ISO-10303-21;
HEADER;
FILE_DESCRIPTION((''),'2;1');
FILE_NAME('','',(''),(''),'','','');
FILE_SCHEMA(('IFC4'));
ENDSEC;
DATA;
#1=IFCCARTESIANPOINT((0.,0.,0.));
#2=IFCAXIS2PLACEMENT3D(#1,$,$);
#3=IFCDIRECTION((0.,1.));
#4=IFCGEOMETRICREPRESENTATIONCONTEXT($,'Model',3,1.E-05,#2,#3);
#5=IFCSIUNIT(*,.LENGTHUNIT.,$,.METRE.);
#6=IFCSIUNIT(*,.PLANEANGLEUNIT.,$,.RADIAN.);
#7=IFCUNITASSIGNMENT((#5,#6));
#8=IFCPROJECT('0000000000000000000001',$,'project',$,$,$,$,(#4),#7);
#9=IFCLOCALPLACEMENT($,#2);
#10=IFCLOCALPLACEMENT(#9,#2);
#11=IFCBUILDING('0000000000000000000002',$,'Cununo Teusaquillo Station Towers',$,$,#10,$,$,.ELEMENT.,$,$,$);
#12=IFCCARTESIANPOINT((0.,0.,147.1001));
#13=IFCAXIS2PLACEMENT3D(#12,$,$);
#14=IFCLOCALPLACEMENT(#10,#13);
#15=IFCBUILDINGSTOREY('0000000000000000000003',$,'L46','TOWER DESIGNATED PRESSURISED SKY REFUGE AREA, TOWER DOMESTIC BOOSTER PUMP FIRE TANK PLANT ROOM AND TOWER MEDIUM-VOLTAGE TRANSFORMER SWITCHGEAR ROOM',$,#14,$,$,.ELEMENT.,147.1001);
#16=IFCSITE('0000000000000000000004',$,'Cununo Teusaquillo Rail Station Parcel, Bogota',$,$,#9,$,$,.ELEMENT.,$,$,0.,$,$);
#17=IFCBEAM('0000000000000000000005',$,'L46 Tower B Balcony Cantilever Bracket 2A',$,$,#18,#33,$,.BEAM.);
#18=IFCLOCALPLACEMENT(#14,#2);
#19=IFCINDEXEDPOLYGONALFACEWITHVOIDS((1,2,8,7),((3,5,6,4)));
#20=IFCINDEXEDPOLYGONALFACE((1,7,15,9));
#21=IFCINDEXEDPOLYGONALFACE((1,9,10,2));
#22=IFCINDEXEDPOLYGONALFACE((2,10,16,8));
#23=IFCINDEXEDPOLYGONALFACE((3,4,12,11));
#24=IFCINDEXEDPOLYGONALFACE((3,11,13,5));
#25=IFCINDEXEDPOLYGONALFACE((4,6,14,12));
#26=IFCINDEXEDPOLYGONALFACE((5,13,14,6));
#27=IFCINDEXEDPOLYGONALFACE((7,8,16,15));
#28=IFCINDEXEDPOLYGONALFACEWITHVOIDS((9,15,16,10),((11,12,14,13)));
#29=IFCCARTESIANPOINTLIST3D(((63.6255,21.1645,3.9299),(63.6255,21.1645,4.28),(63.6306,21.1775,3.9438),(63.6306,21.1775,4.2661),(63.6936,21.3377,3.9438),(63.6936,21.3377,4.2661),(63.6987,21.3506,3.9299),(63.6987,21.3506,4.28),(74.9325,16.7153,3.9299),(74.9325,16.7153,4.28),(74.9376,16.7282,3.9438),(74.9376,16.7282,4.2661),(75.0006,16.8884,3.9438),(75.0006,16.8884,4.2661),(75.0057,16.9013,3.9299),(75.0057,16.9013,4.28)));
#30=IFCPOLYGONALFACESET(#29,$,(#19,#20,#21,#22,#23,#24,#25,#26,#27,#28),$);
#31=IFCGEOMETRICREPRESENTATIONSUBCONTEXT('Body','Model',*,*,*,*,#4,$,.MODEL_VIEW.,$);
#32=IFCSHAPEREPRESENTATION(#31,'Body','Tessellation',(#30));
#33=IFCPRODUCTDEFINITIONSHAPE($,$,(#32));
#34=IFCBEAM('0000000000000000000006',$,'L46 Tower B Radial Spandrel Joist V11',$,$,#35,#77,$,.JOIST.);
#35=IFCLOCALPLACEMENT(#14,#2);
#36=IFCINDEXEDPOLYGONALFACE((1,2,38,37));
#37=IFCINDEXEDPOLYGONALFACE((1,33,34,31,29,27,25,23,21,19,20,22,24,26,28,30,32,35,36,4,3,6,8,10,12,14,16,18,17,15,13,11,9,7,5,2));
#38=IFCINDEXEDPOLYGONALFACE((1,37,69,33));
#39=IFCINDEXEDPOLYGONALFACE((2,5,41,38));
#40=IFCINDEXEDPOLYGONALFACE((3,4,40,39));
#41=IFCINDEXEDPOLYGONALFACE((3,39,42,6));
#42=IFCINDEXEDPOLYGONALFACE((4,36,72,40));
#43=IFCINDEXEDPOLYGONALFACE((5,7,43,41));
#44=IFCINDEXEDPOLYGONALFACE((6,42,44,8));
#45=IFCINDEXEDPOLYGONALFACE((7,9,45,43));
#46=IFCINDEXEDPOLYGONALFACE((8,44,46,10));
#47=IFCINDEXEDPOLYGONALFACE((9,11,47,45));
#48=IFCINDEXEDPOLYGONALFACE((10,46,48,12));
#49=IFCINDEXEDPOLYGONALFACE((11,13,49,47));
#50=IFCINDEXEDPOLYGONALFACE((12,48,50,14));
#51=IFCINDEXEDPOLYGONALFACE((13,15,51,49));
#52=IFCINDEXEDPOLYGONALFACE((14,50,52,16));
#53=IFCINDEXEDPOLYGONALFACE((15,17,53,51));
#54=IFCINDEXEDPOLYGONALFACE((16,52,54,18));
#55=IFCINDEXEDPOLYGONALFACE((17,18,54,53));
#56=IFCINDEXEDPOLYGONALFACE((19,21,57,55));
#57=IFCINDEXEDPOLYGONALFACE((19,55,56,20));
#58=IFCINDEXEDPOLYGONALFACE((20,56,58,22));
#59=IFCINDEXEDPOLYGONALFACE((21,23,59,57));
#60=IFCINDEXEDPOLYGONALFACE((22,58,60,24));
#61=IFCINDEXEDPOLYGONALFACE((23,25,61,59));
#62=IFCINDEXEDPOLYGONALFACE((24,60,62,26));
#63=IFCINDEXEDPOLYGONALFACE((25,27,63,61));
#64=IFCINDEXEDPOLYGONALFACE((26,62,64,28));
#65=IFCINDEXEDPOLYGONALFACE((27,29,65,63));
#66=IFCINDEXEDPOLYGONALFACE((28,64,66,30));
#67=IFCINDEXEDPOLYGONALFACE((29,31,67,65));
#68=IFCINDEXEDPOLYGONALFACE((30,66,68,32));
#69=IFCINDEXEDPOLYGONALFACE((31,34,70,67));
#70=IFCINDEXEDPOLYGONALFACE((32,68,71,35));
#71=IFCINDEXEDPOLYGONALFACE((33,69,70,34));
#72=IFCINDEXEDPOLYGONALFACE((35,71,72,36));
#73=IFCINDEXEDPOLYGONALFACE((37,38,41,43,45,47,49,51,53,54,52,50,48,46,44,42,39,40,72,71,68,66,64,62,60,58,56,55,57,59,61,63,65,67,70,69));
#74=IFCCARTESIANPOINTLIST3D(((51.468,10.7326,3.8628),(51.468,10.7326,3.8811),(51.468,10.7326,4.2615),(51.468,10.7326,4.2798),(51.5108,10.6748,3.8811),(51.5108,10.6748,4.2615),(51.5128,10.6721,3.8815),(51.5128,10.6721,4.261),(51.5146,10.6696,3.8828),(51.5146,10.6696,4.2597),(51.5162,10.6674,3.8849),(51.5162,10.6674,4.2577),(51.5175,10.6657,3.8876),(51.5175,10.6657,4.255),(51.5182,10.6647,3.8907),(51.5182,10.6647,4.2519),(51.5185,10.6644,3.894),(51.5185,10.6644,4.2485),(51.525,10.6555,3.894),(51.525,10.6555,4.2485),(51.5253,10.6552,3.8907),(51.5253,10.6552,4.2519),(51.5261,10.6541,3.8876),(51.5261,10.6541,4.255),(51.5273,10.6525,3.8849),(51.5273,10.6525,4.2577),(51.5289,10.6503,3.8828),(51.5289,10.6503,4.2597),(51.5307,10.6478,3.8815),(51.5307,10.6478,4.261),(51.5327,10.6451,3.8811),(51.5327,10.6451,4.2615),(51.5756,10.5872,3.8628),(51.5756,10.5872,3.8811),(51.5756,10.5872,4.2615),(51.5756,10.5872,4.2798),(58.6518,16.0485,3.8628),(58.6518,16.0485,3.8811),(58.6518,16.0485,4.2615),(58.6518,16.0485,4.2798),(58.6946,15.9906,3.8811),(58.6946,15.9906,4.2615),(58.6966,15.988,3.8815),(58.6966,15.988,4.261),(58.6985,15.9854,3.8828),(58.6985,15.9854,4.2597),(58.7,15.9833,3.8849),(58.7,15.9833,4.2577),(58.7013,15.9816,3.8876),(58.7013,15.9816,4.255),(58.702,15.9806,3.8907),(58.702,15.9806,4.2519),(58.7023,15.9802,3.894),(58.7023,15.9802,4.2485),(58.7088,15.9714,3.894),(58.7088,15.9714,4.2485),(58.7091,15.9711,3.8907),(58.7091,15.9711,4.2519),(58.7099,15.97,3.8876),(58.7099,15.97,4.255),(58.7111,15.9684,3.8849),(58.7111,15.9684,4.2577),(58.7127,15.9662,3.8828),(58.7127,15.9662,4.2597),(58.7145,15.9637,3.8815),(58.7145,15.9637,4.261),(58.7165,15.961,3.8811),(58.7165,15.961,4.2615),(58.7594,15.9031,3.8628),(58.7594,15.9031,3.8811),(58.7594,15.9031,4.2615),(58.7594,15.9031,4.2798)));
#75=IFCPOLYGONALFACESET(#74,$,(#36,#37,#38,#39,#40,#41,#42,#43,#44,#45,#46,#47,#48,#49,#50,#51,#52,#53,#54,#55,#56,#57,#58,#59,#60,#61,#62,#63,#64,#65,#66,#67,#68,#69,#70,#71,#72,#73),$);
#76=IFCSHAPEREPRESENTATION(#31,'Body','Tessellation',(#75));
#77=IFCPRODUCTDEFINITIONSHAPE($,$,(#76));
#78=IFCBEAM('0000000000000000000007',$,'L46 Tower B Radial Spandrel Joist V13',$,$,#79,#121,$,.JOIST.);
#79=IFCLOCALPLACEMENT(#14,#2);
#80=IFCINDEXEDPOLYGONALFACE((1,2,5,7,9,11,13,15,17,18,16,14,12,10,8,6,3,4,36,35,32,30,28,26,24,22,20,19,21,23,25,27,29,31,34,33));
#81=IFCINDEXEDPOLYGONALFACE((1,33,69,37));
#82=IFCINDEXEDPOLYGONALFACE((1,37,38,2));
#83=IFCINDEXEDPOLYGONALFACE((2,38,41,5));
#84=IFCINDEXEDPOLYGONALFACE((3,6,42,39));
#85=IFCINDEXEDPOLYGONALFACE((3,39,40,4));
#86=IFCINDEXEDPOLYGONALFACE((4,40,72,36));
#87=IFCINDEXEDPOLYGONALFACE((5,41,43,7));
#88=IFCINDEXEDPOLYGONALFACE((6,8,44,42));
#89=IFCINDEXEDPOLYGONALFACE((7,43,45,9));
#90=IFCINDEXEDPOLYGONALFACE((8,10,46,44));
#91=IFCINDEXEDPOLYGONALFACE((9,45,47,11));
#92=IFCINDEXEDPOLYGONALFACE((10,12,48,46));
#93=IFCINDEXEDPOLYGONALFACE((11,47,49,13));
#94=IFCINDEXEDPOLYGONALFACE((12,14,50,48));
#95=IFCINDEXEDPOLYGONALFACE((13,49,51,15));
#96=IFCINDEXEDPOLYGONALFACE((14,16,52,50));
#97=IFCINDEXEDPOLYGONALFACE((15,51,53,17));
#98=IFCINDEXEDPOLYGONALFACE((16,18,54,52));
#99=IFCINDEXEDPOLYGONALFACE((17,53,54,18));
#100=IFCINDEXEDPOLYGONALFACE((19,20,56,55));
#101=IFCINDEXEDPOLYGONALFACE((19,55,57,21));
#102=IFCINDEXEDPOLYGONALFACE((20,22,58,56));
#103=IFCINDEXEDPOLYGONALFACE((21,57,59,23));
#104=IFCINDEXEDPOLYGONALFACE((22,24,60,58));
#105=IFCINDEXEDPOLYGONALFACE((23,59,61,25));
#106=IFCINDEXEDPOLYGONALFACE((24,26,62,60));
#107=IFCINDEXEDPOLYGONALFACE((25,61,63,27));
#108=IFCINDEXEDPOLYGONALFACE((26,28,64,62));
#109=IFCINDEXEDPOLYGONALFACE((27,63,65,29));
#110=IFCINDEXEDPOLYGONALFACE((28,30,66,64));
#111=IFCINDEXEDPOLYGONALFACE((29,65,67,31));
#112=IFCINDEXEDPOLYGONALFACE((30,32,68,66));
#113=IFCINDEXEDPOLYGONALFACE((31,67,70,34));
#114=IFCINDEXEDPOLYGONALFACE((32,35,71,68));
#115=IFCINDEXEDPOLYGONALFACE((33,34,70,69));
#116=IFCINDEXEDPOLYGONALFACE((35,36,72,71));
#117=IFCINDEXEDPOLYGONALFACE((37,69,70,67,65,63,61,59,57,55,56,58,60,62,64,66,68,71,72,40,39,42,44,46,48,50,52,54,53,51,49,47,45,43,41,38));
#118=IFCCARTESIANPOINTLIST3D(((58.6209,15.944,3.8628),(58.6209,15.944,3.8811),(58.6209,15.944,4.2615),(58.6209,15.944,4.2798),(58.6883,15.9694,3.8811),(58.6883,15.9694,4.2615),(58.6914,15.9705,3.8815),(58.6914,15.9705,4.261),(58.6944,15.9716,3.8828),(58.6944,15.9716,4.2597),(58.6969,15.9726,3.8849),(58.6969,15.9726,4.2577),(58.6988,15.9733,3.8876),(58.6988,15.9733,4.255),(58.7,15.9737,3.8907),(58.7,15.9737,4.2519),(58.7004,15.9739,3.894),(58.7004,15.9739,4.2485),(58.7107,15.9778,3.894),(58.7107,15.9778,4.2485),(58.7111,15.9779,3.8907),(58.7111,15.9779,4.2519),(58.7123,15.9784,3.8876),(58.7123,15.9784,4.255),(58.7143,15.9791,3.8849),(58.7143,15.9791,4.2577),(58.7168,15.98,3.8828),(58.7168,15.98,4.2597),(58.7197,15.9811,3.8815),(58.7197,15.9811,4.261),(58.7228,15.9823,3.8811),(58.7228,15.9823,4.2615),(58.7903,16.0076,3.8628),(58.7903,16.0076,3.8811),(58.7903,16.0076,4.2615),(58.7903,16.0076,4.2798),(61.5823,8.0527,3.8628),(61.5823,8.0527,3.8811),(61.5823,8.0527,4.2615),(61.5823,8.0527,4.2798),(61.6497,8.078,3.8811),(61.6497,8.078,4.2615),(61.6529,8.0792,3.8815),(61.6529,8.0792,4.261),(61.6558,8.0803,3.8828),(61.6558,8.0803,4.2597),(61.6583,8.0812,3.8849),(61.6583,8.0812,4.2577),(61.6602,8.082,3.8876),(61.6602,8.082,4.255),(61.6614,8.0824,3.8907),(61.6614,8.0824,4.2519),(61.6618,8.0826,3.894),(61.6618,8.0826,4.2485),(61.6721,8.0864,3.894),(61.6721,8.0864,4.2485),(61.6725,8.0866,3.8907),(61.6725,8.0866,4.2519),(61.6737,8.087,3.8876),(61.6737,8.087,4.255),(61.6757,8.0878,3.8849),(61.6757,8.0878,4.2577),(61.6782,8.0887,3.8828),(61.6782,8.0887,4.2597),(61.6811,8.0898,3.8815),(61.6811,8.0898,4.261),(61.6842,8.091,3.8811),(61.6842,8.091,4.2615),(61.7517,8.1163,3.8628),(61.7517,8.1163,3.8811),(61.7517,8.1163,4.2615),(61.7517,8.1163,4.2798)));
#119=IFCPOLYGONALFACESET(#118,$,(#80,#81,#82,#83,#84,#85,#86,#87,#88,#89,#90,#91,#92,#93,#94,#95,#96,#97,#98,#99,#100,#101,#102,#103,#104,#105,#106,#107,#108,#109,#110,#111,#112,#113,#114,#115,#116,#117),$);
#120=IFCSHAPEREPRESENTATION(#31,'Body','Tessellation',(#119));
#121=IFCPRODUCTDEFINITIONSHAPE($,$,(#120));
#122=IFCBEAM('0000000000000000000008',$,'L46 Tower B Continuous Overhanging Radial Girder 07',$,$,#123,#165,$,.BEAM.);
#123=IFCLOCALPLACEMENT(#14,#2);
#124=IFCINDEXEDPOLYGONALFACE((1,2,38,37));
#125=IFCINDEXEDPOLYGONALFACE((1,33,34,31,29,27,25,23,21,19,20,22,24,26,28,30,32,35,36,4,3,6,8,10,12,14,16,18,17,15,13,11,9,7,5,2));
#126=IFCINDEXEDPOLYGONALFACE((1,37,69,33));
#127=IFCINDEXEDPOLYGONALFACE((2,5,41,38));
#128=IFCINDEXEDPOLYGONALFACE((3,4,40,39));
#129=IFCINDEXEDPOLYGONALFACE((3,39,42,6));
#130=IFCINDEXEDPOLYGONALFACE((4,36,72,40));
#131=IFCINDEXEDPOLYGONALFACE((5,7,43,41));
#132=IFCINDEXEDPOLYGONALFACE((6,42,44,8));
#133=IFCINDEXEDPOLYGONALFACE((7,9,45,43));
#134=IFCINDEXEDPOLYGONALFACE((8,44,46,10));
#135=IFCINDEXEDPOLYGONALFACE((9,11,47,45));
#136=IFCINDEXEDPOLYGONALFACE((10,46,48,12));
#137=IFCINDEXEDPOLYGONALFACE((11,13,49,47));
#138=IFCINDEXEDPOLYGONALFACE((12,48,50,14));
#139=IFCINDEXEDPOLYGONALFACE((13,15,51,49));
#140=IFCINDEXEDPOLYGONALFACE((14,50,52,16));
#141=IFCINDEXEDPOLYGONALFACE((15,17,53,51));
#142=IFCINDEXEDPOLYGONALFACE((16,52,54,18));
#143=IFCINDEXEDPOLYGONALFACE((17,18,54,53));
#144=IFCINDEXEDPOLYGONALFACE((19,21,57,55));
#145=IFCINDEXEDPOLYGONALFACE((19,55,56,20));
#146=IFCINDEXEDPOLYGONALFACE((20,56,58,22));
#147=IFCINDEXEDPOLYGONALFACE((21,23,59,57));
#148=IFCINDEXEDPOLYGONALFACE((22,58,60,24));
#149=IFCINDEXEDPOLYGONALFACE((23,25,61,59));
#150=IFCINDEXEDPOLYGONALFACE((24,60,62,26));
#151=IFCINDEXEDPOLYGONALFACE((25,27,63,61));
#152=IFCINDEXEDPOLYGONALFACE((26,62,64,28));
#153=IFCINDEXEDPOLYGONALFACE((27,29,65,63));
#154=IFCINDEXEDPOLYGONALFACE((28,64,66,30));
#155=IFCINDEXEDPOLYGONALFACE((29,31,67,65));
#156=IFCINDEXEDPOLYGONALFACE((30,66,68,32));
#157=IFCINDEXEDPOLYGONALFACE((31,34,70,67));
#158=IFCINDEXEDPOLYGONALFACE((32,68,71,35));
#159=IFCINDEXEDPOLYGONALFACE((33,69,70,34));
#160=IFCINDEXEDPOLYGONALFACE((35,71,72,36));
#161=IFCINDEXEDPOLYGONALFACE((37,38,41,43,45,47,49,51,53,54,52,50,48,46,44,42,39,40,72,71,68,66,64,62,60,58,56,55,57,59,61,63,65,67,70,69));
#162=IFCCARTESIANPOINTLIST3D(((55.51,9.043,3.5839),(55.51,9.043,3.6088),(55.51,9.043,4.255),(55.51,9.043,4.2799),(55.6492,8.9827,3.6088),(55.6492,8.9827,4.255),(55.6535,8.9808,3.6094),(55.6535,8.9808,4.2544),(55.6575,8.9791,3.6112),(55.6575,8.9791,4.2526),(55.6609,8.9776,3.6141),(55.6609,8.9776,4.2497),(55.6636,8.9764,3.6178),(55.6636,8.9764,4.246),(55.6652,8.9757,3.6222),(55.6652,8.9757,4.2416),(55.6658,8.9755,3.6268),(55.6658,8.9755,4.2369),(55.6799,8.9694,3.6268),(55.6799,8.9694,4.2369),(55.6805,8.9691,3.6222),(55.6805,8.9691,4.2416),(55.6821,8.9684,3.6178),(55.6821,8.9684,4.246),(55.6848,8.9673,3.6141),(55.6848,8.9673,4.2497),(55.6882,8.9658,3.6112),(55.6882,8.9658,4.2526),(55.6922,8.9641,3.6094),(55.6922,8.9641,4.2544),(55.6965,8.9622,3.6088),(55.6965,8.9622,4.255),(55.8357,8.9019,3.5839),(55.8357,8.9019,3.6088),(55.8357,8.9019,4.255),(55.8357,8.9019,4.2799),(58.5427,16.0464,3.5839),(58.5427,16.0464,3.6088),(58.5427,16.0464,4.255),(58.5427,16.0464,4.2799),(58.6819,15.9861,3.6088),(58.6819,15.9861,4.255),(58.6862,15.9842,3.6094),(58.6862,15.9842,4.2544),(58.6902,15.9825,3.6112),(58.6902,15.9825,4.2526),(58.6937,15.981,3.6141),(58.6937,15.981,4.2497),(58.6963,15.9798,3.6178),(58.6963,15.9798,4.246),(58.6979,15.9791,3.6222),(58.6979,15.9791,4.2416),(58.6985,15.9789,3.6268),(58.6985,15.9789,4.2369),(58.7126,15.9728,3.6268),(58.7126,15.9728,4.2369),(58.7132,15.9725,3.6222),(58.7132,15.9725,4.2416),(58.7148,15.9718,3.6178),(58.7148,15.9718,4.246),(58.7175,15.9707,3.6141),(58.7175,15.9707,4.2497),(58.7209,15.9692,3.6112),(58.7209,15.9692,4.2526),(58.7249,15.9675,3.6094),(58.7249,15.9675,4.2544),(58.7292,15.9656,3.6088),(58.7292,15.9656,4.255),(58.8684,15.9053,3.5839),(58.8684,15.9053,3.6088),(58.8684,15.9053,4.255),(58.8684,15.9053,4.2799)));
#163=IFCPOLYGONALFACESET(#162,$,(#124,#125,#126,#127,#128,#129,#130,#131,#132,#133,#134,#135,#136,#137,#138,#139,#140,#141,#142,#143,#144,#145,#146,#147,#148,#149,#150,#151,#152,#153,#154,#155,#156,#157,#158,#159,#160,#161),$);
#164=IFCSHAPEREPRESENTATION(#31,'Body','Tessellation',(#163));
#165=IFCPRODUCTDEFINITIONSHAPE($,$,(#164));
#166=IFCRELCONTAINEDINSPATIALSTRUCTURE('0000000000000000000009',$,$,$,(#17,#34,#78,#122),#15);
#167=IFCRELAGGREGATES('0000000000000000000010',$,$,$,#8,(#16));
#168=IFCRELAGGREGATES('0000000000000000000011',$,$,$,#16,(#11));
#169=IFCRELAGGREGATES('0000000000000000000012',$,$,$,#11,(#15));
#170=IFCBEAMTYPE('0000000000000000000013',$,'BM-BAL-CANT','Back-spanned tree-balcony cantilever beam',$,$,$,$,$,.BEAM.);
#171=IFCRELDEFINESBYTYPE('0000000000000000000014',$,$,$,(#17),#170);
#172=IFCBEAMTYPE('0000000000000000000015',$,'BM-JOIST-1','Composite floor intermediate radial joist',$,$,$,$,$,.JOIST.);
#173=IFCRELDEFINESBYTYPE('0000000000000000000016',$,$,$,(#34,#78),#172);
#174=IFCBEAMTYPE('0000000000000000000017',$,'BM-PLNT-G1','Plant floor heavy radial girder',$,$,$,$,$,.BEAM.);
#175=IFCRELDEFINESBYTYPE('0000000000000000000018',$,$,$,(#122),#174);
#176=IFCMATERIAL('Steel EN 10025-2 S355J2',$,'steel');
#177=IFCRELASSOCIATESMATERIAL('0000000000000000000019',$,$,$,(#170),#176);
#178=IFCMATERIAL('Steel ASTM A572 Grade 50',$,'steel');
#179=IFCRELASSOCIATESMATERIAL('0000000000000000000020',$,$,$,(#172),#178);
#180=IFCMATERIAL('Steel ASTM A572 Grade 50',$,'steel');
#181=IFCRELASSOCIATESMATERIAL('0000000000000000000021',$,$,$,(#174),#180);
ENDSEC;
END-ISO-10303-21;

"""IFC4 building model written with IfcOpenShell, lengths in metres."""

from ifc_helpers import new_model, si_unit, direction, frame, origin, origin_2d, place, context, subcontext, project, spatial, hollow_rectangle, i_section, extrude, material, material_profile, profile_set, type_object, element, save


model = new_model("IFC4")

# Units and contexts
model_context = context("Model", 3, precision=1e-05, world=origin(), true_north=direction((0.0, 1.0)))
body_context = subcontext(model_context, "Body", "Model", "MODEL_VIEW")
ifc_project = project(units=[si_unit("LENGTHUNIT", "METRE"), si_unit("PLANEANGLEUNIT", "RADIAN")], contexts=[model_context])

# Site, building, storey
site_placement = place(None, origin())
site = spatial("IfcSite", under=ifc_project, at=site_placement, Name="Cununo Teusaquillo Rail Station Parcel, Bogota", CompositionType="ELEMENT", RefElevation=0.0)
building_placement = place(site_placement, origin())
building = spatial("IfcBuilding", under=site, at=building_placement, Name="Cununo Teusaquillo Station Towers", CompositionType="ELEMENT")
storey_placement = place(building_placement, frame((0.0, 0.0, 147.1001)))
storey = spatial("IfcBuildingStorey", under=building, at=storey_placement, Name="L46", Description="TOWER DESIGNATED PRESSURISED SKY REFUGE AREA, TOWER DOMESTIC BOOSTER PUMP FIRE TANK PLANT ROOM AND TOWER MEDIUM-VOLTAGE TRANSFORMER SWITCHGEAR ROOM", CompositionType="ELEMENT", Elevation=147.1001)

# Beams
ifc_material_1 = material(Name="Steel EN 10025-2 S355J2", Category="steel")
ifc_material_profile_1 = material_profile(ifc_material_1, hollow_rectangle(XDim=0.2, YDim=0.3501, WallThickness=0.0139, at=origin_2d()), Name="RHS 350x200x14")
ifc_profile_set_1 = profile_set([ifc_material_profile_1], Name="Steel EN 10025-2 S355J2")
beam_type_1 = type_object("IfcBeamType", Name="BM-BAL-CANT", Description="Back-spanned tree-balcony cantilever beam", PredefinedType="BEAM", material=ifc_profile_set_1)
beam_1_placement = place(storey_placement, frame((63.6621, 21.2576, 4.105), z_axis=(0.930549, -0.366168, 0.0), x_axis=(0.366168, 0.930549, 0.0)))
element("IfcBeam", 1, at=beam_1_placement, inside=storey, type_object=beam_type_1, Name="L46 Tower B Balcony Cantilever Bracket 2A", PredefinedType="BEAM", context=body_context, shape_type="SweptSolid", body=[
    extrude(hollow_rectangle(XDim=0.2, YDim=0.3501, WallThickness=0.0139, at=origin_2d()), origin(), (0.0, 0.0, 1.0), 12.1509),
])
ifc_material_2 = material(Name="Steel ASTM A572 Grade 50", Category="steel")
ifc_material_profile_2 = material_profile(ifc_material_2, i_section(OverallWidth=0.1809, OverallDepth=0.417, WebThickness=0.011, FlangeThickness=0.0183, FilletRadius=0.0129, at=origin_2d()), Name="W16X57")
ifc_profile_set_2 = profile_set([ifc_material_profile_2], Name="Steel ASTM A572 Grade 50")
beam_type_2 = type_object("IfcBeamType", Name="BM-JOIST-1", Description="Composite floor intermediate radial joist", PredefinedType="JOIST", material=ifc_profile_set_2)
beam_2_placement = place(storey_placement, frame((58.7056, 15.9758, 4.0713), z_axis=(-0.803848, -0.594834, 0.0), x_axis=(0.594834, -0.803848, 0.0)))
element("IfcBeam", 2, at=beam_2_placement, inside=storey, type_object=beam_type_2, Name="L46 Tower B Radial Spandrel Joist V11", PredefinedType="JOIST", context=body_context, shape_type="SweptSolid", body=[
    extrude(i_section(OverallWidth=0.1809, OverallDepth=0.417, WebThickness=0.011, FlangeThickness=0.0183, FilletRadius=0.0129, at=origin_2d()), origin(), (0.0, 0.0, 1.0), 8.9368),
])
beam_3_placement = place(storey_placement, frame((58.7056, 15.9758, 4.0713), z_axis=(0.351349, -0.936245, 0.0), x_axis=(0.936245, 0.351349, 0.0)))
element("IfcBeam", 3, at=beam_3_placement, inside=storey, type_object=beam_type_2, Name="L46 Tower B Radial Spandrel Joist V13", PredefinedType="JOIST", context=body_context, shape_type="SweptSolid", body=[
    extrude(i_section(OverallWidth=0.1809, OverallDepth=0.417, WebThickness=0.011, FlangeThickness=0.0183, FilletRadius=0.0129, at=origin_2d()), origin(), (0.0, 0.0, 1.0), 8.4287),
])
ifc_material_3 = material(Name="Steel ASTM A572 Grade 50", Category="steel")
ifc_material_profile_3 = material_profile(ifc_material_3, i_section(OverallWidth=0.355, OverallDepth=0.696, WebThickness=0.0154, FlangeThickness=0.0249, FilletRadius=0.0181, at=origin_2d()), Name="W27X146")
ifc_profile_set_3 = profile_set([ifc_material_profile_3], Name="Steel ASTM A572 Grade 50")
beam_type_3 = type_object("IfcBeamType", Name="BM-PLNT-G1", Description="Plant floor heavy radial girder", PredefinedType="BEAM", material=ifc_profile_set_3)
beam_4_placement = place(storey_placement, frame((58.7056, 15.9758, 3.9319), z_axis=(-0.397376, -0.917656, 0.0), x_axis=(0.917656, -0.397376, 0.0)))
element("IfcBeam", 4, at=beam_4_placement, inside=storey, type_object=beam_type_3, Name="L46 Tower B Continuous Overhanging Radial Girder 07", PredefinedType="BEAM", context=body_context, shape_type="SweptSolid", body=[
    extrude(i_section(OverallWidth=0.355, OverallDepth=0.696, WebThickness=0.0154, FlangeThickness=0.0249, FilletRadius=0.0181, at=origin_2d()), origin(), (0.0, 0.0, 1.0), 7.6318),
])

save(model, "model.ifc")
